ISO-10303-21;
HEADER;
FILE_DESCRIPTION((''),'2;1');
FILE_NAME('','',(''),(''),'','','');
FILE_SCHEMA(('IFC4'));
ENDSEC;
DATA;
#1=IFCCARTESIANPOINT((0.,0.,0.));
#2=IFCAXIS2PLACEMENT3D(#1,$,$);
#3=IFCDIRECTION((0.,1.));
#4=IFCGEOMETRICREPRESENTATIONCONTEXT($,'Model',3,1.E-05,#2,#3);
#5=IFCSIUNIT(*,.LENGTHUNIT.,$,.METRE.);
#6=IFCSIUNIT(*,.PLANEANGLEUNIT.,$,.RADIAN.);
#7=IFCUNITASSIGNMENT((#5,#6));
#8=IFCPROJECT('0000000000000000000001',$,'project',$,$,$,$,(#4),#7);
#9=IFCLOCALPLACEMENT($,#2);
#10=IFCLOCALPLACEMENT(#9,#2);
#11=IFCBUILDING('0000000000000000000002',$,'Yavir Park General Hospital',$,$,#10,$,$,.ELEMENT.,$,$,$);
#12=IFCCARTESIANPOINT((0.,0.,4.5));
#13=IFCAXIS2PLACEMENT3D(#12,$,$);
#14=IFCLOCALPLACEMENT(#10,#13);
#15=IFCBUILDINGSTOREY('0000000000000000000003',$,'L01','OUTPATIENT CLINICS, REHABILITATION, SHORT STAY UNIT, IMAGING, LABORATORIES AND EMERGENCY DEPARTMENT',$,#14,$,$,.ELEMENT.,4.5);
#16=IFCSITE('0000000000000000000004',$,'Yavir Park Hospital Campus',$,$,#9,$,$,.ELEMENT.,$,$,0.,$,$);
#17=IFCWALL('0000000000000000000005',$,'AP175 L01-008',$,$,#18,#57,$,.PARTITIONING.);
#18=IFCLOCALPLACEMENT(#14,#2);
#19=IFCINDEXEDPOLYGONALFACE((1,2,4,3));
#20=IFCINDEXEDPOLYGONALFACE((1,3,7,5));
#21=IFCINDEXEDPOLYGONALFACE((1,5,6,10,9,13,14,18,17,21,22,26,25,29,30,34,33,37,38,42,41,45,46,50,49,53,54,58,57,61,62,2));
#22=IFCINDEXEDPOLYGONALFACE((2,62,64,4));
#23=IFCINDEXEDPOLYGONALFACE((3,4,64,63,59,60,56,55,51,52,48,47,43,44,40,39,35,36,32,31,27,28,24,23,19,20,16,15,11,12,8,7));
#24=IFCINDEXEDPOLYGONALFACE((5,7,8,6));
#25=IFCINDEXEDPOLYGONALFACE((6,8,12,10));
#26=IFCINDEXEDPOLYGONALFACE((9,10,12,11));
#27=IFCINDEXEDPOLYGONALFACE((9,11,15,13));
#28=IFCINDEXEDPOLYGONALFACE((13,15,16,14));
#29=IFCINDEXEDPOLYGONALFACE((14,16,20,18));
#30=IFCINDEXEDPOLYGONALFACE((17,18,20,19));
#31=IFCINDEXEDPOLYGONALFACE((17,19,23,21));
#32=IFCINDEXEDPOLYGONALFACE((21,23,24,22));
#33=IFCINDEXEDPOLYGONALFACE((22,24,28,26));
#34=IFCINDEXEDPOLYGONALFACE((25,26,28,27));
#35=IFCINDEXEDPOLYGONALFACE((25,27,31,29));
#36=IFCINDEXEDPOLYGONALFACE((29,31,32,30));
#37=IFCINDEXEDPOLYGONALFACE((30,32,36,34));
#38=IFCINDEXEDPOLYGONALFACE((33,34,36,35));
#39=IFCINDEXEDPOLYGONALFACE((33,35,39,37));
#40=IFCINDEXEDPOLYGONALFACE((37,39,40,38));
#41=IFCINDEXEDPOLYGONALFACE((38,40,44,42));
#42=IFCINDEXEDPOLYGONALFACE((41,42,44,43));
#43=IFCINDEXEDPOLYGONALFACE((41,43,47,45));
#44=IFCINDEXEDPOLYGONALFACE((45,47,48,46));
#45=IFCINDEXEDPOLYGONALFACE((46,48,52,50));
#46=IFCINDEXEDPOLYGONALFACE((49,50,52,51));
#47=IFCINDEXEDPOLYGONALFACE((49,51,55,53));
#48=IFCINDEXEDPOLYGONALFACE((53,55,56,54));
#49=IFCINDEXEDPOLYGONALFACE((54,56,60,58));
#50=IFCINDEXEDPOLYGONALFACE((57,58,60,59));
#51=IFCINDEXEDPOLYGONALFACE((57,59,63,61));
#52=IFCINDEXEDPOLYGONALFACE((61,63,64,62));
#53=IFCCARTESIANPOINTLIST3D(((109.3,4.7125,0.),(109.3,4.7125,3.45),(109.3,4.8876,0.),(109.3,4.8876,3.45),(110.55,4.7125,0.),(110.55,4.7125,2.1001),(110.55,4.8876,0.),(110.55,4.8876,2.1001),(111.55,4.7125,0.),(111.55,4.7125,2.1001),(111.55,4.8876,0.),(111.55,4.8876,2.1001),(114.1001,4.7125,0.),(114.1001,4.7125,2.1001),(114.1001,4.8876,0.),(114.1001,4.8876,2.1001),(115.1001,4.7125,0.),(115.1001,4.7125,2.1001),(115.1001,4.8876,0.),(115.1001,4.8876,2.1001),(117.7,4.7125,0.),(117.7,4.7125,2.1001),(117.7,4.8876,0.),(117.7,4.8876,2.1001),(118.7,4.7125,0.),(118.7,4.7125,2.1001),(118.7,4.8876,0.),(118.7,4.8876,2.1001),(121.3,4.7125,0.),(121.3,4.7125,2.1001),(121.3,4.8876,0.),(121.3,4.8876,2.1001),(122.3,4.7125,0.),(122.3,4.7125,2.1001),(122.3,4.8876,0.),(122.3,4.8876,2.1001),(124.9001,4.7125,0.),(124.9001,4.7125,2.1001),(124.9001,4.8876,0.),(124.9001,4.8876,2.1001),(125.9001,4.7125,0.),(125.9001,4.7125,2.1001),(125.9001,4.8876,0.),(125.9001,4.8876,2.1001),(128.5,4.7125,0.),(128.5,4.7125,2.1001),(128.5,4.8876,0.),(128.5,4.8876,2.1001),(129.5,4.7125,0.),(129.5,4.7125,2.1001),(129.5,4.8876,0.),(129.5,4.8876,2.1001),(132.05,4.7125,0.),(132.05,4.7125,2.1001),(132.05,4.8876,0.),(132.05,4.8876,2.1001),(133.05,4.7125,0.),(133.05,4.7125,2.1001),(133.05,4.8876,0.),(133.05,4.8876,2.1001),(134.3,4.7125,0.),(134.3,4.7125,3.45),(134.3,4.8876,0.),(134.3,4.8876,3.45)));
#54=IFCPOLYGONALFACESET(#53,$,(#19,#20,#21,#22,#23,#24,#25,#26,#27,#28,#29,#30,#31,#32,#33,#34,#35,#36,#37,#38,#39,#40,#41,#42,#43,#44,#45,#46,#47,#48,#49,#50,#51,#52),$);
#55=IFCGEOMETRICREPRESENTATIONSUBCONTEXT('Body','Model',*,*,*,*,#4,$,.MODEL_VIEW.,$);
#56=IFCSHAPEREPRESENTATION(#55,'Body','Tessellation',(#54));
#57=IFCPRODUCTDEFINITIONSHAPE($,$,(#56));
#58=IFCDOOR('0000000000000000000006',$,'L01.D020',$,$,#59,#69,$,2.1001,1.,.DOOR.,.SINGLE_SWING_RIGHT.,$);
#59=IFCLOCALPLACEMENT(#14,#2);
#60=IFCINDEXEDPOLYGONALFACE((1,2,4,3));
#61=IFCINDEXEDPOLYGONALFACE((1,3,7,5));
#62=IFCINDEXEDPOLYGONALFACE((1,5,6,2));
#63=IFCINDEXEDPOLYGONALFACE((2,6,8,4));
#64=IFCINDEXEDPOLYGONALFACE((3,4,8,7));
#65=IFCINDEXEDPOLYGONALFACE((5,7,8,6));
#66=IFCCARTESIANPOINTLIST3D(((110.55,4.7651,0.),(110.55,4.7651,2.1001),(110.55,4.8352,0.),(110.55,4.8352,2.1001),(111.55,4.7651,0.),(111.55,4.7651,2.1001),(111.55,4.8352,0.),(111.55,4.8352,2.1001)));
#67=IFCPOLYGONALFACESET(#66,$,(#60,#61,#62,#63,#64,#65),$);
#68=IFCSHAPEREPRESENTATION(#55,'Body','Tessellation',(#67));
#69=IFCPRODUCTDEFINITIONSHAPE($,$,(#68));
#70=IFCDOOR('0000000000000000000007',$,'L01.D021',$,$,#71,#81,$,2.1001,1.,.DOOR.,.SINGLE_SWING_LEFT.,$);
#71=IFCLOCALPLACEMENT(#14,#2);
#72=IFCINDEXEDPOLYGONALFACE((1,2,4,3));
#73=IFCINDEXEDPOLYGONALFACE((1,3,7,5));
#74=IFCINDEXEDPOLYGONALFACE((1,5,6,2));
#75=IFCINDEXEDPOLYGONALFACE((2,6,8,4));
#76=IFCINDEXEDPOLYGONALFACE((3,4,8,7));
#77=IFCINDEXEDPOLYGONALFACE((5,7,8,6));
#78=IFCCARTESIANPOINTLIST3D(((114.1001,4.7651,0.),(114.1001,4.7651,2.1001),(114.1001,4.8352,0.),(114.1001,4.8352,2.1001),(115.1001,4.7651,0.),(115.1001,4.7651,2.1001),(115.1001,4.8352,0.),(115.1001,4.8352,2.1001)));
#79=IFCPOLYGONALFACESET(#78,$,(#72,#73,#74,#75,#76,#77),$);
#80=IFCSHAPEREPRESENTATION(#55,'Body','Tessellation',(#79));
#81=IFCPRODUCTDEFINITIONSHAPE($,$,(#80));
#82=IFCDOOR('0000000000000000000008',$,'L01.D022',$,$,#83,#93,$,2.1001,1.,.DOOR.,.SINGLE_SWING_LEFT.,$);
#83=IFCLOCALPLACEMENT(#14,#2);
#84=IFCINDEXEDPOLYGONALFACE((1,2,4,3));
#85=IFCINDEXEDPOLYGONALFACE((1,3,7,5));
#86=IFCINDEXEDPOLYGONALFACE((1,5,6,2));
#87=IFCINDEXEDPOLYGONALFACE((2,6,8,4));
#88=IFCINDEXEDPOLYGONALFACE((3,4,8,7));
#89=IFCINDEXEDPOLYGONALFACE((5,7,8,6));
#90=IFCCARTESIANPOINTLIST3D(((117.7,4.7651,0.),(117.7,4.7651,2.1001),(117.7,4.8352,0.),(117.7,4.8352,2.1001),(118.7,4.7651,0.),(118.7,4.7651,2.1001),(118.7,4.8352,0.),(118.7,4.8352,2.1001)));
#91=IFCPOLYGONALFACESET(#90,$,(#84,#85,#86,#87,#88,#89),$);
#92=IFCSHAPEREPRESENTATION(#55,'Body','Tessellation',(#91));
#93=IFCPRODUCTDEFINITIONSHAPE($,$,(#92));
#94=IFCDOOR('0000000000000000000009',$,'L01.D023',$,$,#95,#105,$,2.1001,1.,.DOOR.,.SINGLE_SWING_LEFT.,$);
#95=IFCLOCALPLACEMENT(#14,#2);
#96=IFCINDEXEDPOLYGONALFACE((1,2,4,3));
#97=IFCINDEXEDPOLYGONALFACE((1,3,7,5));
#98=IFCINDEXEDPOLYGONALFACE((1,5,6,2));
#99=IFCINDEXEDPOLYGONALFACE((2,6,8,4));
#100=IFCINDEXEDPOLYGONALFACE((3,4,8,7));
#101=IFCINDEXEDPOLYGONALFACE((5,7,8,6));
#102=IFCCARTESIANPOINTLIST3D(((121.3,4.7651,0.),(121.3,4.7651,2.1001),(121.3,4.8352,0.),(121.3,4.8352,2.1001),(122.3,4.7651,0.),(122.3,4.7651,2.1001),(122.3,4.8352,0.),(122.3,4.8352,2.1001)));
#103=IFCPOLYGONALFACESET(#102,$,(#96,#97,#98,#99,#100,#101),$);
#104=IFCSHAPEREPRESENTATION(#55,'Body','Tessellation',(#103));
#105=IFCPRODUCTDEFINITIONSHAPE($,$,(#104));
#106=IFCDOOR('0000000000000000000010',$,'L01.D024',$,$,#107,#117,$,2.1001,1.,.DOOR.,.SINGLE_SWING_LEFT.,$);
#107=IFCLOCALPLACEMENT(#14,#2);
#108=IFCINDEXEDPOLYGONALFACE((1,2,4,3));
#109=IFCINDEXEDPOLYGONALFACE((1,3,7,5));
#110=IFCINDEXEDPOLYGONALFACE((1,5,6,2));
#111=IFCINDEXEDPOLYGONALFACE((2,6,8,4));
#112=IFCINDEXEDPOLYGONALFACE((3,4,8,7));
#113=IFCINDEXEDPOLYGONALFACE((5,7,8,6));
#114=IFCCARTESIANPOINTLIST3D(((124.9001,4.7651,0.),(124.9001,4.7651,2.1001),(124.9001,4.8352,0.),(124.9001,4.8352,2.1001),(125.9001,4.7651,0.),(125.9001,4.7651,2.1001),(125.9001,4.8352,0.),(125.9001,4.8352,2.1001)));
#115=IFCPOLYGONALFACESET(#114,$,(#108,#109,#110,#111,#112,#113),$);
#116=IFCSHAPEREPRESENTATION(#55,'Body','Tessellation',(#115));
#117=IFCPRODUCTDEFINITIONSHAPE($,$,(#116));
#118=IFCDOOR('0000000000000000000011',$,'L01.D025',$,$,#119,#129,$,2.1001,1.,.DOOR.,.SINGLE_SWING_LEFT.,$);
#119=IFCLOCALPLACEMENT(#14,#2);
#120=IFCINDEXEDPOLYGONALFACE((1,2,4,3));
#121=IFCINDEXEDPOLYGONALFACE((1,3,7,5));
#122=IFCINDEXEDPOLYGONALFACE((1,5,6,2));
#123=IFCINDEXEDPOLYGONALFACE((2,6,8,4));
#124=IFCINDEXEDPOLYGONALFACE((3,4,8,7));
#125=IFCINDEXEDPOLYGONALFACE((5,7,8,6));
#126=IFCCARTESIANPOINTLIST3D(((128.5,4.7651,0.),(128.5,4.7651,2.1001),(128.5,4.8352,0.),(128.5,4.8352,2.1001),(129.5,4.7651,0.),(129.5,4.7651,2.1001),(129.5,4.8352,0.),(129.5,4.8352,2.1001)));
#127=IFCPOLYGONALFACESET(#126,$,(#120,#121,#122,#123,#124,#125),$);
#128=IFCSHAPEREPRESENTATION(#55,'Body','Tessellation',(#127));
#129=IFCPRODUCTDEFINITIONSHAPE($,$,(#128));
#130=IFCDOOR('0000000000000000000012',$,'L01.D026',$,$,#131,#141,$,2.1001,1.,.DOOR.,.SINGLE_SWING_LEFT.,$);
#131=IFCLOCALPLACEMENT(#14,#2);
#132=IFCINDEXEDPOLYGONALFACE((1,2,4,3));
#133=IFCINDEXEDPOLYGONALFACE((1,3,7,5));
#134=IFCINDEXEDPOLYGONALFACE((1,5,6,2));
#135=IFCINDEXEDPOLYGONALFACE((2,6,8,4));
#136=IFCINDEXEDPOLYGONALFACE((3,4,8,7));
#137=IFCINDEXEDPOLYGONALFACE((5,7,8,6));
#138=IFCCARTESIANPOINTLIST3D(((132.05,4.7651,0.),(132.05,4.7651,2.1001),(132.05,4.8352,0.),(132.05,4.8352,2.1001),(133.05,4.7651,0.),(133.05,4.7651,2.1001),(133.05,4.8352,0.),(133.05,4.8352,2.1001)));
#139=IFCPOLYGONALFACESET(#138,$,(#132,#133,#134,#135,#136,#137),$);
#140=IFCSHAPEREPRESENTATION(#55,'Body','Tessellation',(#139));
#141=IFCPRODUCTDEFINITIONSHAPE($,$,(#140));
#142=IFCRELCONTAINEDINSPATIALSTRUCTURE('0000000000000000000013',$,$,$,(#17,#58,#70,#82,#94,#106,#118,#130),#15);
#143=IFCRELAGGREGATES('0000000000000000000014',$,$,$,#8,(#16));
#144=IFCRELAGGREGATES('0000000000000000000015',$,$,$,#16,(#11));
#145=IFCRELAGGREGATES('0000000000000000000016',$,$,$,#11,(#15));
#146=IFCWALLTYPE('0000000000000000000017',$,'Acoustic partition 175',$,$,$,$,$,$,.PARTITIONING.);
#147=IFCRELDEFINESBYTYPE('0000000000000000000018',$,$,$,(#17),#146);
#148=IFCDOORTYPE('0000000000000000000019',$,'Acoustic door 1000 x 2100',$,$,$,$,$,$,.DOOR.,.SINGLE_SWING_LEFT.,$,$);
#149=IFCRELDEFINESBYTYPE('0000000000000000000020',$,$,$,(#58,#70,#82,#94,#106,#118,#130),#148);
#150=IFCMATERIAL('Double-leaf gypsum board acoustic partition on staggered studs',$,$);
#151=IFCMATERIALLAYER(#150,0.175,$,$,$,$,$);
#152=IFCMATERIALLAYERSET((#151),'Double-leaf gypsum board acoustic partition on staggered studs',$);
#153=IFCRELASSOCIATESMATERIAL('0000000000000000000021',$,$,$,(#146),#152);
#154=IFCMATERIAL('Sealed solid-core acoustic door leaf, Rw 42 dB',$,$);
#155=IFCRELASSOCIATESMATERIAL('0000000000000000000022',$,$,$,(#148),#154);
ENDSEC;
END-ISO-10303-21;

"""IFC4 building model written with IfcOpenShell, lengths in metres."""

from ifc_helpers import new_model, si_unit, direction, frame, frame_2d, origin, place, context, subcontext, project, spatial, rectangle, extrude, material, layer, layer_set, type_object, element, fill, save


model = new_model("IFC4")

# Units and contexts
model_context = context("Model", 3, precision=1e-05, world=origin(), true_north=direction((0.0, 1.0)))
body_context = subcontext(model_context, "Body", "Model", "MODEL_VIEW")
ifc_project = project(units=[si_unit("LENGTHUNIT", "METRE"), si_unit("PLANEANGLEUNIT", "RADIAN")], contexts=[model_context])

# Site, building, storey
site_placement = place(None, origin())
site = spatial("IfcSite", under=ifc_project, at=site_placement, Name="Yavir Park Hospital Campus", CompositionType="ELEMENT", RefElevation=0.0)
building_placement = place(site_placement, origin())
building = spatial("IfcBuilding", under=site, at=building_placement, Name="Yavir Park General Hospital", CompositionType="ELEMENT")
storey_placement = place(building_placement, frame((0.0, 0.0, 4.5)))
storey = spatial("IfcBuildingStorey", under=building, at=storey_placement, Name="L01", Description="OUTPATIENT CLINICS, REHABILITATION, SHORT STAY UNIT, IMAGING, LABORATORIES AND EMERGENCY DEPARTMENT", CompositionType="ELEMENT", Elevation=4.5)

# Wall, openings, doors
ifc_material_1 = material(Name="Double-leaf gypsum board acoustic partition on staggered studs")
ifc_layer_1 = layer(ifc_material_1, 0.175)
ifc_layer_set_1 = layer_set([ifc_layer_1], Name="Double-leaf gypsum board acoustic partition on staggered studs")
wall_type_1 = type_object("IfcWallType", Name="Acoustic partition 175", PredefinedType="PARTITIONING", material=ifc_layer_set_1)
wall_1_placement = place(storey_placement, frame((109.3, 4.8, 0.0), z_axis=(0.0, 0.0, 1.0), x_axis=(1.0, 0.0, 0.0)))
wall_1 = element("IfcWall", 1, at=wall_1_placement, inside=storey, type_object=wall_type_1, Name="AP175 L01-008", PredefinedType="PARTITIONING", context=body_context, shape_type="SweptSolid", body=[
    extrude(rectangle(XDim=25.0, YDim=0.175, at=frame_2d((12.5, 0.0))), origin(), (0.0, 0.0, 1.0), 3.45),
])
opening_1_placement = place(wall_1_placement, frame((1.25, 0.0, 0.0)))
opening_1 = element("IfcOpeningElement", 2, at=opening_1_placement, cuts=wall_1, PredefinedType="OPENING", context=body_context, shape_type="SweptSolid", body=[
    extrude(rectangle(XDim=1.0, YDim=2.1001, at=frame_2d((0.5, 1.05))), frame((0.0, 0.0974, 0.0), z_axis=(0.0, -1.0, 0.0), x_axis=(1.0, 0.0, 0.0)), (0.0, 0.0, 1.0), 0.1951),
])
opening_2_placement = place(wall_1_placement, frame((4.8, 0.0, 0.0)))
opening_2 = element("IfcOpeningElement", 3, at=opening_2_placement, cuts=wall_1, PredefinedType="OPENING", context=body_context, shape_type="SweptSolid", body=[
    extrude(rectangle(XDim=1.0, YDim=2.1001, at=frame_2d((0.5, 1.05))), frame((0.0, 0.0974, 0.0), z_axis=(0.0, -1.0, 0.0), x_axis=(1.0, 0.0, 0.0)), (0.0, 0.0, 1.0), 0.1951),
])
opening_3_placement = place(wall_1_placement, frame((8.3999, 0.0, 0.0)))
opening_3 = element("IfcOpeningElement", 4, at=opening_3_placement, cuts=wall_1, PredefinedType="OPENING", context=body_context, shape_type="SweptSolid", body=[
    extrude(rectangle(XDim=1.0, YDim=2.1001, at=frame_2d((0.5, 1.05))), frame((0.0, 0.0974, 0.0), z_axis=(0.0, -1.0, 0.0), x_axis=(1.0, 0.0, 0.0)), (0.0, 0.0, 1.0), 0.1951),
])
opening_4_placement = place(wall_1_placement, frame((12.0, 0.0, 0.0)))
opening_4 = element("IfcOpeningElement", 5, at=opening_4_placement, cuts=wall_1, PredefinedType="OPENING", context=body_context, shape_type="SweptSolid", body=[
    extrude(rectangle(XDim=1.0, YDim=2.1001, at=frame_2d((0.5, 1.05))), frame((0.0, 0.0974, 0.0), z_axis=(0.0, -1.0, 0.0), x_axis=(1.0, 0.0, 0.0)), (0.0, 0.0, 1.0), 0.1951),
])
opening_5_placement = place(wall_1_placement, frame((15.6001, 0.0, 0.0)))
opening_5 = element("IfcOpeningElement", 6, at=opening_5_placement, cuts=wall_1, PredefinedType="OPENING", context=body_context, shape_type="SweptSolid", body=[
    extrude(rectangle(XDim=1.0, YDim=2.1001, at=frame_2d((0.5, 1.05))), frame((0.0, 0.0974, 0.0), z_axis=(0.0, -1.0, 0.0), x_axis=(1.0, 0.0, 0.0)), (0.0, 0.0, 1.0), 0.1951),
])
opening_6_placement = place(wall_1_placement, frame((19.2, 0.0, 0.0)))
opening_6 = element("IfcOpeningElement", 7, at=opening_6_placement, cuts=wall_1, PredefinedType="OPENING", context=body_context, shape_type="SweptSolid", body=[
    extrude(rectangle(XDim=1.0, YDim=2.1001, at=frame_2d((0.5, 1.05))), frame((0.0, 0.0974, 0.0), z_axis=(0.0, -1.0, 0.0), x_axis=(1.0, 0.0, 0.0)), (0.0, 0.0, 1.0), 0.1951),
])
opening_7_placement = place(wall_1_placement, frame((22.75, 0.0, 0.0)))
opening_7 = element("IfcOpeningElement", 8, at=opening_7_placement, cuts=wall_1, PredefinedType="OPENING", context=body_context, shape_type="SweptSolid", body=[
    extrude(rectangle(XDim=1.0, YDim=2.1001, at=frame_2d((0.5, 1.05))), frame((0.0, 0.0974, 0.0), z_axis=(0.0, -1.0, 0.0), x_axis=(1.0, 0.0, 0.0)), (0.0, 0.0, 1.0), 0.1951),
])
ifc_material_2 = material(Name="Sealed solid-core acoustic door leaf, Rw 42 dB")
door_type_1 = type_object("IfcDoorType", Name="Acoustic door 1000 x 2100", OperationType="SINGLE_SWING_LEFT", PredefinedType="DOOR", material=ifc_material_2)
door_1_placement = place(opening_1_placement, origin())
door_1 = element("IfcDoor", 9, at=door_1_placement, inside=storey, type_object=door_type_1, Name="L01.D020", OperationType="SINGLE_SWING_RIGHT", OverallHeight=2.1001, OverallWidth=1.0, PredefinedType="DOOR", context=body_context, shape_type="SweptSolid", body=[
    extrude(rectangle(XDim=1.0, YDim=2.1001, at=frame_2d((0.5, 1.05))), frame((0.0, 0.0352, 0.0), z_axis=(0.0, -1.0, 0.0), x_axis=(1.0, 0.0, 0.0)), (0.0, 0.0, 1.0), 0.0701),
])
fill(opening_1, door_1)
door_2_placement = place(opening_2_placement, origin())
door_2 = element("IfcDoor", 10, at=door_2_placement, inside=storey, type_object=door_type_1, Name="L01.D021", OperationType="SINGLE_SWING_LEFT", OverallHeight=2.1001, OverallWidth=1.0, PredefinedType="DOOR", context=body_context, shape_type="SweptSolid", body=[
    extrude(rectangle(XDim=1.0, YDim=2.1001, at=frame_2d((0.5, 1.05))), frame((0.0, 0.0352, 0.0), z_axis=(0.0, -1.0, 0.0), x_axis=(1.0, 0.0, 0.0)), (0.0, 0.0, 1.0), 0.0701),
])
fill(opening_2, door_2)
door_3_placement = place(opening_3_placement, origin())
door_3 = element("IfcDoor", 11, at=door_3_placement, inside=storey, type_object=door_type_1, Name="L01.D022", OperationType="SINGLE_SWING_LEFT", OverallHeight=2.1001, OverallWidth=1.0, PredefinedType="DOOR", context=body_context, shape_type="SweptSolid", body=[
    extrude(rectangle(XDim=1.0, YDim=2.1001, at=frame_2d((0.5, 1.05))), frame((0.0, 0.0352, 0.0), z_axis=(0.0, -1.0, 0.0), x_axis=(1.0, 0.0, 0.0)), (0.0, 0.0, 1.0), 0.0701),
])
fill(opening_3, door_3)
door_4_placement = place(opening_4_placement, origin())
door_4 = element("IfcDoor", 12, at=door_4_placement, inside=storey, type_object=door_type_1, Name="L01.D023", OperationType="SINGLE_SWING_LEFT", OverallHeight=2.1001, OverallWidth=1.0, PredefinedType="DOOR", context=body_context, shape_type="SweptSolid", body=[
    extrude(rectangle(XDim=1.0, YDim=2.1001, at=frame_2d((0.5, 1.05))), frame((0.0, 0.0352, 0.0), z_axis=(0.0, -1.0, 0.0), x_axis=(1.0, 0.0, 0.0)), (0.0, 0.0, 1.0), 0.0701),
])
fill(opening_4, door_4)
door_5_placement = place(opening_5_placement, origin())
door_5 = element("IfcDoor", 13, at=door_5_placement, inside=storey, type_object=door_type_1, Name="L01.D024", OperationType="SINGLE_SWING_LEFT", OverallHeight=2.1001, OverallWidth=1.0, PredefinedType="DOOR", context=body_context, shape_type="SweptSolid", body=[
    extrude(rectangle(XDim=1.0, YDim=2.1001, at=frame_2d((0.5, 1.05))), frame((0.0, 0.0352, 0.0), z_axis=(0.0, -1.0, 0.0), x_axis=(1.0, 0.0, 0.0)), (0.0, 0.0, 1.0), 0.0701),
])
fill(opening_5, door_5)
door_6_placement = place(opening_6_placement, origin())
door_6 = element("IfcDoor", 14, at=door_6_placement, inside=storey, type_object=door_type_1, Name="L01.D025", OperationType="SINGLE_SWING_LEFT", OverallHeight=2.1001, OverallWidth=1.0, PredefinedType="DOOR", context=body_context, shape_type="SweptSolid", body=[
    extrude(rectangle(XDim=1.0, YDim=2.1001, at=frame_2d((0.5, 1.05))), frame((0.0, 0.0352, 0.0), z_axis=(0.0, -1.0, 0.0), x_axis=(1.0, 0.0, 0.0)), (0.0, 0.0, 1.0), 0.0701),
])
fill(opening_6, door_6)
door_7_placement = place(opening_7_placement, origin())
door_7 = element("IfcDoor", 15, at=door_7_placement, inside=storey, type_object=door_type_1, Name="L01.D026", OperationType="SINGLE_SWING_LEFT", OverallHeight=2.1001, OverallWidth=1.0, PredefinedType="DOOR", context=body_context, shape_type="SweptSolid", body=[
    extrude(rectangle(XDim=1.0, YDim=2.1001, at=frame_2d((0.5, 1.05))), frame((0.0, 0.0352, 0.0), z_axis=(0.0, -1.0, 0.0), x_axis=(1.0, 0.0, 0.0)), (0.0, 0.0, 1.0), 0.0701),
])
fill(opening_7, door_7)

save(model, "model.ifc")
